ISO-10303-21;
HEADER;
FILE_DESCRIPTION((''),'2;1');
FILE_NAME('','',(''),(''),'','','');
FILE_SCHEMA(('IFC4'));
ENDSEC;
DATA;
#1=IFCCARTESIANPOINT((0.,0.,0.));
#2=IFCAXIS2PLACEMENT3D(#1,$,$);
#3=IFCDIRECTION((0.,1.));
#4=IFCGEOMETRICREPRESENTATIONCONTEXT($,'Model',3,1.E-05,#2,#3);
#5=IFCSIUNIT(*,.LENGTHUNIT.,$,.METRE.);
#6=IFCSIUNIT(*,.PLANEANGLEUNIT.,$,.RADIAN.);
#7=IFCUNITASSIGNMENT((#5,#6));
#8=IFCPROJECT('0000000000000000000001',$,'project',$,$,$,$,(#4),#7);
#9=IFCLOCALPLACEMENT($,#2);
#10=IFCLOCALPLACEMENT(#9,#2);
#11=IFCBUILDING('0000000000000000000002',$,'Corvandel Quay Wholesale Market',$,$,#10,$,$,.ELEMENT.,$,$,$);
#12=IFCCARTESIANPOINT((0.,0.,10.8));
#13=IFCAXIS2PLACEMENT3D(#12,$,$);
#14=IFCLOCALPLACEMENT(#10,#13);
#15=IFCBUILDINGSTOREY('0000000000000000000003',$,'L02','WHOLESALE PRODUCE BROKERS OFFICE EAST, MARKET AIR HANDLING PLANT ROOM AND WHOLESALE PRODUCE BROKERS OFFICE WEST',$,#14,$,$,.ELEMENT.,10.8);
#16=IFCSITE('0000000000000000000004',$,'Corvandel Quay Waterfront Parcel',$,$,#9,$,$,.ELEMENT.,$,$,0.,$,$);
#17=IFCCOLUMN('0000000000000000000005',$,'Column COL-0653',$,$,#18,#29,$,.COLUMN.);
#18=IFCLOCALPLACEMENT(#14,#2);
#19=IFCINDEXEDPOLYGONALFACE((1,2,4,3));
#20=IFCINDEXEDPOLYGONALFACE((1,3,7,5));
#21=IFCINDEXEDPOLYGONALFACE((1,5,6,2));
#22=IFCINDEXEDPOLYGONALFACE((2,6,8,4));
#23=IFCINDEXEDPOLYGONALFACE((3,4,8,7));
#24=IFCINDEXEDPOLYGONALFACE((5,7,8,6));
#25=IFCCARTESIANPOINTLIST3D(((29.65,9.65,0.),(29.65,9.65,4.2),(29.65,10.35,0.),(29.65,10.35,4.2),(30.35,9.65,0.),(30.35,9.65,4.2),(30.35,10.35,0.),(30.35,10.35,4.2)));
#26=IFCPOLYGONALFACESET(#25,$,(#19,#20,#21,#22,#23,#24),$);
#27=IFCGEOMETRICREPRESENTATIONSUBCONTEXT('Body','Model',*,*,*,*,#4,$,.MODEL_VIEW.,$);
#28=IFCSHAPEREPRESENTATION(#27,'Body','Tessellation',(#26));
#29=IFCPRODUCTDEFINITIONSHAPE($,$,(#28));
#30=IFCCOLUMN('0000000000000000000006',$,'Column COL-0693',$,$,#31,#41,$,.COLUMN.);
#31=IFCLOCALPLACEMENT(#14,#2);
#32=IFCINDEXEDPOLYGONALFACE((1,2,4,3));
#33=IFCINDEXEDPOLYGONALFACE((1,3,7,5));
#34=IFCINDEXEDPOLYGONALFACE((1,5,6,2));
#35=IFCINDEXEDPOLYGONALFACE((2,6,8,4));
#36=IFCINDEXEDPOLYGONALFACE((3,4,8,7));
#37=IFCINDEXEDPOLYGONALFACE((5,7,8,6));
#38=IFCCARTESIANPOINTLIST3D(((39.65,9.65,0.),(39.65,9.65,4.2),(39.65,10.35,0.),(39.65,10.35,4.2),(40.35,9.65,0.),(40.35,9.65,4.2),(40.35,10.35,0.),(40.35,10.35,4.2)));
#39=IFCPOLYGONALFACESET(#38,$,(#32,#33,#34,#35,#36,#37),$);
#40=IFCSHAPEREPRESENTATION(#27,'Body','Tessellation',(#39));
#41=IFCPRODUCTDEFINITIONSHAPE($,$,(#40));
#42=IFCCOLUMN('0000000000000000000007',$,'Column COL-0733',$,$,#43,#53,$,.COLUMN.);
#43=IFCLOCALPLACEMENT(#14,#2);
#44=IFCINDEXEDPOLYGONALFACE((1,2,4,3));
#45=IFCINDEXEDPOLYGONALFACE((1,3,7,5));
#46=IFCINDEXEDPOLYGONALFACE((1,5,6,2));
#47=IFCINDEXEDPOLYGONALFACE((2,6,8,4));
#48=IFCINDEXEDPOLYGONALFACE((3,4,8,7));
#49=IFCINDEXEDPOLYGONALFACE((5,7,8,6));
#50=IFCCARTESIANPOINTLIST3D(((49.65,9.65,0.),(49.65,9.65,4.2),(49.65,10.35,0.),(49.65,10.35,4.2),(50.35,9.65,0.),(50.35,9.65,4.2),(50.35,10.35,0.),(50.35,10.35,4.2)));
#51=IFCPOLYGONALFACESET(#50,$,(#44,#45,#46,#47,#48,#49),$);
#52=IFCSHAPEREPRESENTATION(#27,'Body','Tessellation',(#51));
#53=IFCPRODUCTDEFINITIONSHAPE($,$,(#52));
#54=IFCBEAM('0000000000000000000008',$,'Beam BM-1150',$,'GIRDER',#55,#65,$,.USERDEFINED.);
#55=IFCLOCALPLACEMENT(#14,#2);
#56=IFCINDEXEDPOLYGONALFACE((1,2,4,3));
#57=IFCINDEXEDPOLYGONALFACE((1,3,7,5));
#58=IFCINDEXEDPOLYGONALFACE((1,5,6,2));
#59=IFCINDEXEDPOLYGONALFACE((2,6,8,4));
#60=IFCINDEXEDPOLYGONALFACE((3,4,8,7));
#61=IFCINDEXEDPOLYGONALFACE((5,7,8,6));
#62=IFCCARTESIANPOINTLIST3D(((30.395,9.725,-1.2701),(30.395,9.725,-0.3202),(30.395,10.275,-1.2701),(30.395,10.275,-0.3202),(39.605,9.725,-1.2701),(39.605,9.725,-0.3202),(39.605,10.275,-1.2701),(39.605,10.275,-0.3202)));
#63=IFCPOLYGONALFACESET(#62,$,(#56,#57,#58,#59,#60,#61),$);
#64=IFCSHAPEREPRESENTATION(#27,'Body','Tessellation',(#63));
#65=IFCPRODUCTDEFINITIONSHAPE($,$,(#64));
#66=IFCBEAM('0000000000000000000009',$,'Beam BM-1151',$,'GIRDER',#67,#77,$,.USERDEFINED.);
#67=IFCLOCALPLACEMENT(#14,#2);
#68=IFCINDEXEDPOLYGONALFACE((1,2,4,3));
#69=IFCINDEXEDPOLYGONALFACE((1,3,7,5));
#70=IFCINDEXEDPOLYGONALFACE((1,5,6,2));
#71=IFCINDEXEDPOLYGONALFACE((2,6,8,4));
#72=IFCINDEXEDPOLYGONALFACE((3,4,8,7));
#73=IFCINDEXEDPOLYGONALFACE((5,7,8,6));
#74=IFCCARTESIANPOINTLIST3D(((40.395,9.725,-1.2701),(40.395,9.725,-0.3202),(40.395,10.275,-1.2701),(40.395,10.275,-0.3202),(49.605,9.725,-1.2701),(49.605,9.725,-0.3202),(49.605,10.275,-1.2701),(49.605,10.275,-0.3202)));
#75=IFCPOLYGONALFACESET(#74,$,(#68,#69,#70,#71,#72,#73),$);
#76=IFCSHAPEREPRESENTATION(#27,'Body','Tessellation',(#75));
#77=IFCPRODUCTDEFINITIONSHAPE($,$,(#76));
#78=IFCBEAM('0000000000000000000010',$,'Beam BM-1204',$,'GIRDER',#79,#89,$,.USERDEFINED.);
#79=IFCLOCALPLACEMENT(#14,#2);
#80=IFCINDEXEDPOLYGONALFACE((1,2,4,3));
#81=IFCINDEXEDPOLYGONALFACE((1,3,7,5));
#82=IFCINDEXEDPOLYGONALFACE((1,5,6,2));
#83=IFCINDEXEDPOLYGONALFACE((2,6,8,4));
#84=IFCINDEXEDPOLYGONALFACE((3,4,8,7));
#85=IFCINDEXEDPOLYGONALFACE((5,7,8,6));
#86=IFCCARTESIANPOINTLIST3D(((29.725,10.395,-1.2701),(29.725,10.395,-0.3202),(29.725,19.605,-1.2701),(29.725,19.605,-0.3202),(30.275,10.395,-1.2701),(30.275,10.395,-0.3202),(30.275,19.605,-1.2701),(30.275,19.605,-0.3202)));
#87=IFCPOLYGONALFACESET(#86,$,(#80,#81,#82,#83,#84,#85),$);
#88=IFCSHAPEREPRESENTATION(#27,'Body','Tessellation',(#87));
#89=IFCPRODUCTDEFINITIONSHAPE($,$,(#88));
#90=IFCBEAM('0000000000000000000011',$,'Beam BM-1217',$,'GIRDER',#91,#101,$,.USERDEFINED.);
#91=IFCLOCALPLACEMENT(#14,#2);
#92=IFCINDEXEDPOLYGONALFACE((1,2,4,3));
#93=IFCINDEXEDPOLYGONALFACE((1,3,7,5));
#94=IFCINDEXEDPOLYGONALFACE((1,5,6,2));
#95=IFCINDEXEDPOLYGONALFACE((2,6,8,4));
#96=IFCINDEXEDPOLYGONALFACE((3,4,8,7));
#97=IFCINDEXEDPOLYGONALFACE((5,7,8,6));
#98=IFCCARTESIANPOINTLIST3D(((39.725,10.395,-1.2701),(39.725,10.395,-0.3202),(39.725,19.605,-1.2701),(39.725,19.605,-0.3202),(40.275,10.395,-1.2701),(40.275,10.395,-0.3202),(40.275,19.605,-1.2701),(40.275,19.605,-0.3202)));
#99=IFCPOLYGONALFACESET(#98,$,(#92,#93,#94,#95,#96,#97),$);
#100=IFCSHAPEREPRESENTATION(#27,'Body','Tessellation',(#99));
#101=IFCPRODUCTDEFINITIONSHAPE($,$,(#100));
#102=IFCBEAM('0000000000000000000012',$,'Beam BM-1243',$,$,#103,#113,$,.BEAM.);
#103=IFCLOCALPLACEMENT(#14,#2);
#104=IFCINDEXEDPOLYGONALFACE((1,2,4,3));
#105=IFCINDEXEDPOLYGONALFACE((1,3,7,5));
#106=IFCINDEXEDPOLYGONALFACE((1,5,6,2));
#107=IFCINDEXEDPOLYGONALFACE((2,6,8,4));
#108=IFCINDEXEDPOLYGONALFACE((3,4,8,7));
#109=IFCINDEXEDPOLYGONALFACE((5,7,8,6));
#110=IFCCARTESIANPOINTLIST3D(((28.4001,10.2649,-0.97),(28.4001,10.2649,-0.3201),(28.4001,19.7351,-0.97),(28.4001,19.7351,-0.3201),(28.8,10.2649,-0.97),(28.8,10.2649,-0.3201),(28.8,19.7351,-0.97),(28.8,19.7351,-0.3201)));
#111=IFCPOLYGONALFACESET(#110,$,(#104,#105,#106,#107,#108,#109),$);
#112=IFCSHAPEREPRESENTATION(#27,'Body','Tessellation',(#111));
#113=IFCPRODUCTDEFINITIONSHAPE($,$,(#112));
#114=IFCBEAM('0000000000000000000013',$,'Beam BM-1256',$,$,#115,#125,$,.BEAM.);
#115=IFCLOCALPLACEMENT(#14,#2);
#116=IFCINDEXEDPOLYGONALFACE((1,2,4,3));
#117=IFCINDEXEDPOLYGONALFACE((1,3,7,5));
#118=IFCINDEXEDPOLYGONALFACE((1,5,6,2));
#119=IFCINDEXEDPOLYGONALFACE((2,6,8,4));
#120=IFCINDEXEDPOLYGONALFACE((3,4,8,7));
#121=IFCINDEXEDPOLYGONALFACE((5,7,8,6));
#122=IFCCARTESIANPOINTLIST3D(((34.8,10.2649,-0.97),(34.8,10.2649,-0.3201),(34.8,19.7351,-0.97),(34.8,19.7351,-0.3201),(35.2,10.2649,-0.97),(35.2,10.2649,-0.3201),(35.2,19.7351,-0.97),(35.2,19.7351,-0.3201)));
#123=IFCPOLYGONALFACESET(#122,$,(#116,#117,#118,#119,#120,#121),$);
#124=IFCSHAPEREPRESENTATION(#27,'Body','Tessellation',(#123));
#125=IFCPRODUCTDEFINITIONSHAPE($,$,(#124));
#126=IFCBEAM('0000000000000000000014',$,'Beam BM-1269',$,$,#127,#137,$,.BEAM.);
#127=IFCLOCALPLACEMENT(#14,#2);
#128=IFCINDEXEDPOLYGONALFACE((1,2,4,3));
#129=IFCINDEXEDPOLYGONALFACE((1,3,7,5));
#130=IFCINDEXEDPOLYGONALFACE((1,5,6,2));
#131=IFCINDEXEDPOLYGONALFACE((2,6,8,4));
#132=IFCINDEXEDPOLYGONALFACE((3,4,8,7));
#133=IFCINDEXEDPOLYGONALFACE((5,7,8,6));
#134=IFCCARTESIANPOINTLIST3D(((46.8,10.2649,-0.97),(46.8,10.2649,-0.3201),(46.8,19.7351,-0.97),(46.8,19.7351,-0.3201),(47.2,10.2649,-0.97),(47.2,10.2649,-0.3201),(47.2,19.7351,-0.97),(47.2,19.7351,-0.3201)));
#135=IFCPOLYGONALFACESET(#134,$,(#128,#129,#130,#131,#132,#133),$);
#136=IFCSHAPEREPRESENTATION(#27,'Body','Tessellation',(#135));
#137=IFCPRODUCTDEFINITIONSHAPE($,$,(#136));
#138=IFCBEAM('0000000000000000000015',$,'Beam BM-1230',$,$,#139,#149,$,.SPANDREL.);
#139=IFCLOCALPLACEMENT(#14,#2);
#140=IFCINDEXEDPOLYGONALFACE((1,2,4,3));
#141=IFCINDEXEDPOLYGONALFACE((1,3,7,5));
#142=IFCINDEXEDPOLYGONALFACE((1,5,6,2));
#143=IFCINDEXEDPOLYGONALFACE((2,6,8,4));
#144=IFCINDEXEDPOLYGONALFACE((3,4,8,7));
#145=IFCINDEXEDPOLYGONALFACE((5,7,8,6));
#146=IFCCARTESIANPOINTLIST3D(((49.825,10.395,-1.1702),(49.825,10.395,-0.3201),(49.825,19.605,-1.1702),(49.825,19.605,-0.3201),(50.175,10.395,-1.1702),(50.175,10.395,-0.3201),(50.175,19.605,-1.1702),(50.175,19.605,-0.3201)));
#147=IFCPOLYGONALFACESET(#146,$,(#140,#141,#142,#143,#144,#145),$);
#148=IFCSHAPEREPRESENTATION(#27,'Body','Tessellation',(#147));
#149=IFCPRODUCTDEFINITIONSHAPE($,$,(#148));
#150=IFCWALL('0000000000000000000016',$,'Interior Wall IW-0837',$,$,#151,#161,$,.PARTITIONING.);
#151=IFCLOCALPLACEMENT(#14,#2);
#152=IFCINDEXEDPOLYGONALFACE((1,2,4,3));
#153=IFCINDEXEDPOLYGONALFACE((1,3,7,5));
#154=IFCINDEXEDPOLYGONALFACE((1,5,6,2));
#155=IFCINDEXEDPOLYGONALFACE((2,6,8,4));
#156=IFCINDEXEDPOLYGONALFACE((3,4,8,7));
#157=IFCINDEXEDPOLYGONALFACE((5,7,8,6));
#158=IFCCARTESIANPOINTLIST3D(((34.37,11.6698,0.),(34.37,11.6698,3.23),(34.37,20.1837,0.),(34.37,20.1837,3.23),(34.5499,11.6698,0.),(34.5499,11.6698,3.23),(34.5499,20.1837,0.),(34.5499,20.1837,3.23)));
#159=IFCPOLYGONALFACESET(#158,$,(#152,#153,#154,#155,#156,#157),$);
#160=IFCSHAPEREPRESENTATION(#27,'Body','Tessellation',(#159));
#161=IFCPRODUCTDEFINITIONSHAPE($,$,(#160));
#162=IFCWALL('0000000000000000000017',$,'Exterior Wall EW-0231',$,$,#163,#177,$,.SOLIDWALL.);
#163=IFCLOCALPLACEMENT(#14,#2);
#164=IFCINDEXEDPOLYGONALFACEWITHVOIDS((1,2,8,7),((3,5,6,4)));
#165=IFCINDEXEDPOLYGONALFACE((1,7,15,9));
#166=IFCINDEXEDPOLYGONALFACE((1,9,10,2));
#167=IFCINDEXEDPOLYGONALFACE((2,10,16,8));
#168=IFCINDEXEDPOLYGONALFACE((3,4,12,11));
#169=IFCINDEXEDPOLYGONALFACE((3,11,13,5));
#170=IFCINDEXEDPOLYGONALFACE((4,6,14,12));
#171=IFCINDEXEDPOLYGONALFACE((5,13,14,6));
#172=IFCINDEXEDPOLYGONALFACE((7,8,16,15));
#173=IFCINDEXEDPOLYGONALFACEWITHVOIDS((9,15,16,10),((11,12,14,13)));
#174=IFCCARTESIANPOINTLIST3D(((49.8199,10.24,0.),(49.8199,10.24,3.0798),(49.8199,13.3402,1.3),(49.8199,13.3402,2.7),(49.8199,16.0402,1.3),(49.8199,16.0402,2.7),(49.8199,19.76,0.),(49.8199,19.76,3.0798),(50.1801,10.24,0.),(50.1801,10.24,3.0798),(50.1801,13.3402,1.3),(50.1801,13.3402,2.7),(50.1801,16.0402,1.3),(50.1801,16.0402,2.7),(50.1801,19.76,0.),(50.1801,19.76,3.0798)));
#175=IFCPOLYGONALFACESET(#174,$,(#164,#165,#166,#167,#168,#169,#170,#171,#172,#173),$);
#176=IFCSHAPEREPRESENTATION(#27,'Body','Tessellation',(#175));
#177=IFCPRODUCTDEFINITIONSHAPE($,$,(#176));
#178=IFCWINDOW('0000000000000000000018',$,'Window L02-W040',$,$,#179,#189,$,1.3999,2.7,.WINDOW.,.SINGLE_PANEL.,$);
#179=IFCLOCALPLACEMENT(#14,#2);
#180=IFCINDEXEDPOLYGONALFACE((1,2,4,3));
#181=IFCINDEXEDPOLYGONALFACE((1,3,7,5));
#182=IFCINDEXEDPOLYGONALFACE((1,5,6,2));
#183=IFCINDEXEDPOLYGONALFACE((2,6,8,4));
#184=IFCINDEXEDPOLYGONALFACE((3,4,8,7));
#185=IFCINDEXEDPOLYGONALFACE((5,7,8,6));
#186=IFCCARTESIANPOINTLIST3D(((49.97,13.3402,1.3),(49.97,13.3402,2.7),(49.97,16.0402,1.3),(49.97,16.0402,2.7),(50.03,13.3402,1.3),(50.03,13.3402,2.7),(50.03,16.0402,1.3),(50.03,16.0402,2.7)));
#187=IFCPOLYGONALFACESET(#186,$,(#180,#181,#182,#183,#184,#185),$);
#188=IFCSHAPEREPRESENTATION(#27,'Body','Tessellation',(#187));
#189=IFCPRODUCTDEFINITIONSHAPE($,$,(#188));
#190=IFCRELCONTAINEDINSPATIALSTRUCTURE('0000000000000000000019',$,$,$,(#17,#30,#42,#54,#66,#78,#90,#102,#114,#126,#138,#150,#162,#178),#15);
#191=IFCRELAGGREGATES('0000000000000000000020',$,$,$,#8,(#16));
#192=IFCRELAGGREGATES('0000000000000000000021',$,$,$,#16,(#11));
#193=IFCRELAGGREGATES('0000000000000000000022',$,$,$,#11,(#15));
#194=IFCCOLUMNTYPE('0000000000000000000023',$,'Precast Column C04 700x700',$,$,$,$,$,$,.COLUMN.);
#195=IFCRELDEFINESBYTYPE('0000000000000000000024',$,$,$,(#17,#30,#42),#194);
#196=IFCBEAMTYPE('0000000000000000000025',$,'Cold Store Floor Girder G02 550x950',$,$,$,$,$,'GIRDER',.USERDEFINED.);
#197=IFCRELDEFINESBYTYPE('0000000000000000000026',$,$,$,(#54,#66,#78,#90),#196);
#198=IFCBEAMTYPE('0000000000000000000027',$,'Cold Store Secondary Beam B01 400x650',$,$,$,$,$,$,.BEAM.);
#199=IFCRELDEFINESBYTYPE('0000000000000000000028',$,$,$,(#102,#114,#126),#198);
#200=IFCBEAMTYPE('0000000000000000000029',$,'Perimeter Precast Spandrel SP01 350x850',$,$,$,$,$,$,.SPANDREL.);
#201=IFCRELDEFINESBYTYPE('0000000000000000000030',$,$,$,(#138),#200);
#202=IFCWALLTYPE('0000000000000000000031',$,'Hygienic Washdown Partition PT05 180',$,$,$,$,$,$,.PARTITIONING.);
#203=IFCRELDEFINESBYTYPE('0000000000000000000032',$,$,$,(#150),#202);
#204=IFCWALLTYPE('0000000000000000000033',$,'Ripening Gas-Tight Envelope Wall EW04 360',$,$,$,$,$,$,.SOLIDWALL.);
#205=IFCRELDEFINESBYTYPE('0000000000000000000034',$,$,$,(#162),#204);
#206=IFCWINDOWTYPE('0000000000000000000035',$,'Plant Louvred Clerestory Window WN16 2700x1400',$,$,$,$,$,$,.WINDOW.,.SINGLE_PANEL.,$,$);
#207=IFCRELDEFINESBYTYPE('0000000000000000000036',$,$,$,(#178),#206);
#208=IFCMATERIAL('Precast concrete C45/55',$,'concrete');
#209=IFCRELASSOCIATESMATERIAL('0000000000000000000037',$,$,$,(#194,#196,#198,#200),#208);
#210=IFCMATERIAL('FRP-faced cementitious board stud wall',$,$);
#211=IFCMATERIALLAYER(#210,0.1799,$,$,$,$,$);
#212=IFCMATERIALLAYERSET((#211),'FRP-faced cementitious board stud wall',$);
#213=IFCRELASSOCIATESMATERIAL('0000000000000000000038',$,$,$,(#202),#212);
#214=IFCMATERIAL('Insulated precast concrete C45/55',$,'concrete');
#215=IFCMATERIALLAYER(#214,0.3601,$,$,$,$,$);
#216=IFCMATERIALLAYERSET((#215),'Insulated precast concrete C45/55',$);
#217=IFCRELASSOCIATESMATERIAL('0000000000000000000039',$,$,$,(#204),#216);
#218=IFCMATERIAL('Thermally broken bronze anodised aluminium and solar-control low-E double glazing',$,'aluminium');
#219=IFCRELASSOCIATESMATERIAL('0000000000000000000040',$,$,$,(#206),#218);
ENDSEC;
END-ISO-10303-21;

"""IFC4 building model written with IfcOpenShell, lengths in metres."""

from ifc_helpers import new_model, si_unit, direction, frame, frame_2d, origin, origin_2d, place, context, subcontext, project, spatial, rectangle, extrude, material, layer, layer_set, material_profile, profile_set, type_object, element, fill, save


model = new_model("IFC4")

# Units and contexts
model_context = context("Model", 3, precision=1e-05, world=origin(), true_north=direction((0.0, 1.0)))
body_context = subcontext(model_context, "Body", "Model", "MODEL_VIEW")
ifc_project = project(units=[si_unit("LENGTHUNIT", "METRE"), si_unit("PLANEANGLEUNIT", "RADIAN")], contexts=[model_context])

# Site, building, storey
site_placement = place(None, origin())
site = spatial("IfcSite", under=ifc_project, at=site_placement, Name="Corvandel Quay Waterfront Parcel", CompositionType="ELEMENT", RefElevation=0.0)
building_placement = place(site_placement, origin())
building = spatial("IfcBuilding", under=site, at=building_placement, Name="Corvandel Quay Wholesale Market", CompositionType="ELEMENT")
storey_placement = place(building_placement, frame((0.0, 0.0, 10.8)))
storey = spatial("IfcBuildingStorey", under=building, at=storey_placement, Name="L02", Description="WHOLESALE PRODUCE BROKERS OFFICE EAST, MARKET AIR HANDLING PLANT ROOM AND WHOLESALE PRODUCE BROKERS OFFICE WEST", CompositionType="ELEMENT", Elevation=10.8)

# Columns
ifc_material_1 = material(Name="Precast concrete C45/55", Category="concrete")
ifc_material_profile_1 = material_profile(ifc_material_1, rectangle(XDim=0.7, YDim=0.7, at=origin_2d()), Name="PC-COL-700x700")
ifc_profile_set_1 = profile_set([ifc_material_profile_1], Name="Precast concrete C45/55")
column_type = type_object("IfcColumnType", Name="Precast Column C04 700x700", PredefinedType="COLUMN", material=ifc_profile_set_1)
for number, where, z_axis, x_axis, name in (
    (1, (30.0, 10.0, 0.0), (0.0, 0.0, 1.0), (1.0, 0.0, 0.0), "Column COL-0653"),
    (2, (40.0, 10.0, 0.0), (0.0, 0.0, 1.0), (1.0, 0.0, 0.0), "Column COL-0693"),
    (3, (50.0, 10.0, 0.0), (0.0, 0.0, 1.0), (1.0, 0.0, 0.0), "Column COL-0733"),
):
    element("IfcColumn", number, at=place(storey_placement, frame(where, z_axis=z_axis, x_axis=x_axis)), inside=storey, type_object=column_type, Name=name, PredefinedType="COLUMN", context=body_context, shape_type="SweptSolid", body=[
        extrude(rectangle(XDim=0.7, YDim=0.7, at=origin_2d()), origin(), (0.0, 0.0, 1.0), 4.2),
    ])

# Beams
ifc_material_profile_2 = material_profile(ifc_material_1, rectangle(XDim=0.55, YDim=0.95, at=origin_2d()), Name="PC-GIR-550x950")
ifc_profile_set_2 = profile_set([ifc_material_profile_2], Name="Precast concrete C45/55")
beam_type_1 = type_object("IfcBeamType", Name="Cold Store Floor Girder G02 550x950", ElementType="GIRDER", PredefinedType="USERDEFINED", material=ifc_profile_set_2)
for number, where, z_axis, x_axis, name in (
    (4, (30.395, 10.0, -0.7952), (1.0, 0.0, 0.0), (0.0, 1.0, 0.0), "Beam BM-1150"),
    (5, (40.395, 10.0, -0.7952), (1.0, 0.0, 0.0), (0.0, 1.0, 0.0), "Beam BM-1151"),
    (6, (30.0, 10.395, -0.7952), (0.0, 1.0, 0.0), (-1.0, 0.0, 0.0), "Beam BM-1204"),
    (7, (40.0, 10.395, -0.7952), (0.0, 1.0, 0.0), (-1.0, 0.0, 0.0), "Beam BM-1217"),
):
    element("IfcBeam", number, at=place(storey_placement, frame(where, z_axis=z_axis, x_axis=x_axis)), inside=storey, type_object=beam_type_1, Name=name, ObjectType="GIRDER", PredefinedType="USERDEFINED", context=body_context, shape_type="SweptSolid", body=[
        extrude(rectangle(XDim=0.55, YDim=0.95, at=origin_2d()), origin(), (0.0, 0.0, 1.0), 9.21),
    ])
ifc_material_profile_3 = material_profile(ifc_material_1, rectangle(XDim=0.3999, YDim=0.6499, at=origin_2d()), Name="PC-BM-400x650")
ifc_profile_set_3 = profile_set([ifc_material_profile_3], Name="Precast concrete C45/55")
beam_type_2 = type_object("IfcBeamType", Name="Cold Store Secondary Beam B01 400x650", PredefinedType="BEAM", material=ifc_profile_set_3)
for number, where, z_axis, x_axis, name in (
    (8, (28.6001, 10.2649, -0.645), (0.0, 1.0, 0.0), (-1.0, 0.0, 0.0), "Beam BM-1243"),
    (9, (35.0, 10.2649, -0.645), (0.0, 1.0, 0.0), (-1.0, 0.0, 0.0), "Beam BM-1256"),
    (10, (47.0, 10.2649, -0.645), (0.0, 1.0, 0.0), (-1.0, 0.0, 0.0), "Beam BM-1269"),
):
    element("IfcBeam", number, at=place(storey_placement, frame(where, z_axis=z_axis, x_axis=x_axis)), inside=storey, type_object=beam_type_2, Name=name, PredefinedType="BEAM", context=body_context, shape_type="SweptSolid", body=[
        extrude(rectangle(XDim=0.3999, YDim=0.6499, at=origin_2d()), origin(), (0.0, 0.0, 1.0), 9.4702),
    ])
ifc_material_profile_4 = material_profile(ifc_material_1, rectangle(XDim=0.3501, YDim=0.8501, at=origin_2d()), Name="PC-SPN-350x850")
ifc_profile_set_4 = profile_set([ifc_material_profile_4], Name="Precast concrete C45/55")
beam_type_3 = type_object("IfcBeamType", Name="Perimeter Precast Spandrel SP01 350x850", PredefinedType="SPANDREL", material=ifc_profile_set_4)
beam_placement = place(storey_placement, frame((50.0, 10.395, -0.7451), z_axis=(0.0, 1.0, 0.0), x_axis=(-1.0, 0.0, 0.0)))
element("IfcBeam", 11, at=beam_placement, inside=storey, type_object=beam_type_3, Name="Beam BM-1230", PredefinedType="SPANDREL", context=body_context, shape_type="SweptSolid", body=[
    extrude(rectangle(XDim=0.3501, YDim=0.8501, at=origin_2d()), origin(), (0.0, 0.0, 1.0), 9.21),
])

# Wall
ifc_material_2 = material(Name="FRP-faced cementitious board stud wall")
ifc_layer_1 = layer(ifc_material_2, 0.1799)
ifc_layer_set_1 = layer_set([ifc_layer_1], Name="FRP-faced cementitious board stud wall")
wall_type_1 = type_object("IfcWallType", Name="Hygienic Washdown Partition PT05 180", PredefinedType="PARTITIONING", material=ifc_layer_set_1)
wall_1_placement = place(storey_placement, frame((34.46, 11.6699, 0.0), z_axis=(0.0, 0.0, 1.0), x_axis=(0.0, 1.0, 0.0)))
element("IfcWall", 12, at=wall_1_placement, inside=storey, type_object=wall_type_1, Name="Interior Wall IW-0837", PredefinedType="PARTITIONING", context=body_context, shape_type="SweptSolid", body=[
    extrude(rectangle(XDim=8.5139, YDim=0.1799, at=frame_2d((4.2568, 0.0))), origin(), (0.0, 0.0, 1.0), 3.23),
])

# Wall, opening, window
ifc_material_3 = material(Name="Insulated precast concrete C45/55", Category="concrete")
ifc_layer_2 = layer(ifc_material_3, 0.3601)
ifc_layer_set_2 = layer_set([ifc_layer_2], Name="Insulated precast concrete C45/55")
wall_type_2 = type_object("IfcWallType", Name="Ripening Gas-Tight Envelope Wall EW04 360", PredefinedType="SOLIDWALL", material=ifc_layer_set_2)
wall_2_placement = place(storey_placement, frame((50.0, 10.24, 0.0), z_axis=(0.0, 0.0, 1.0), x_axis=(0.0, 1.0, 0.0)))
wall_2 = element("IfcWall", 13, at=wall_2_placement, inside=storey, type_object=wall_type_2, Name="Exterior Wall EW-0231", PredefinedType="SOLIDWALL", context=body_context, shape_type="SweptSolid", body=[
    extrude(rectangle(XDim=9.52, YDim=0.3601, at=frame_2d((4.76, 0.0))), origin(), (0.0, 0.0, 1.0), 3.0798),
])
opening_1_placement = place(wall_2_placement, frame((3.1001, 0.0, 1.3)))
opening_1 = element("IfcOpeningElement", 14, at=opening_1_placement, cuts=wall_2, PredefinedType="OPENING", context=body_context, shape_type="SweptSolid", body=[
    extrude(rectangle(XDim=2.7, YDim=1.3999, at=frame_2d((1.3501, 0.7))), frame((0.0, 0.1899, 0.0), z_axis=(0.0, -1.0, 0.0), x_axis=(1.0, 0.0, 0.0)), (0.0, 0.0, 1.0), 0.3801),
])
ifc_material_4 = material(Name="Thermally broken bronze anodised aluminium and solar-control low-E double glazing", Category="aluminium")
window_type = type_object("IfcWindowType", Name="Plant Louvred Clerestory Window WN16 2700x1400", PartitioningType="SINGLE_PANEL", PredefinedType="WINDOW", material=ifc_material_4)
window_1_placement = place(opening_1_placement, origin())
window_1 = element("IfcWindow", 15, at=window_1_placement, inside=storey, type_object=window_type, Name="Window L02-W040", OverallHeight=1.3999, OverallWidth=2.7, PartitioningType="SINGLE_PANEL", PredefinedType="WINDOW", context=body_context, shape_type="SweptSolid", body=[
    extrude(rectangle(XDim=2.7, YDim=1.3999, at=frame_2d((1.3501, 0.7))), frame((0.0, 0.03, 0.0), z_axis=(0.0, -1.0, 0.0), x_axis=(1.0, 0.0, 0.0)), (0.0, 0.0, 1.0), 0.0601),
])
fill(opening_1, window_1)

save(model, "model.ifc")
